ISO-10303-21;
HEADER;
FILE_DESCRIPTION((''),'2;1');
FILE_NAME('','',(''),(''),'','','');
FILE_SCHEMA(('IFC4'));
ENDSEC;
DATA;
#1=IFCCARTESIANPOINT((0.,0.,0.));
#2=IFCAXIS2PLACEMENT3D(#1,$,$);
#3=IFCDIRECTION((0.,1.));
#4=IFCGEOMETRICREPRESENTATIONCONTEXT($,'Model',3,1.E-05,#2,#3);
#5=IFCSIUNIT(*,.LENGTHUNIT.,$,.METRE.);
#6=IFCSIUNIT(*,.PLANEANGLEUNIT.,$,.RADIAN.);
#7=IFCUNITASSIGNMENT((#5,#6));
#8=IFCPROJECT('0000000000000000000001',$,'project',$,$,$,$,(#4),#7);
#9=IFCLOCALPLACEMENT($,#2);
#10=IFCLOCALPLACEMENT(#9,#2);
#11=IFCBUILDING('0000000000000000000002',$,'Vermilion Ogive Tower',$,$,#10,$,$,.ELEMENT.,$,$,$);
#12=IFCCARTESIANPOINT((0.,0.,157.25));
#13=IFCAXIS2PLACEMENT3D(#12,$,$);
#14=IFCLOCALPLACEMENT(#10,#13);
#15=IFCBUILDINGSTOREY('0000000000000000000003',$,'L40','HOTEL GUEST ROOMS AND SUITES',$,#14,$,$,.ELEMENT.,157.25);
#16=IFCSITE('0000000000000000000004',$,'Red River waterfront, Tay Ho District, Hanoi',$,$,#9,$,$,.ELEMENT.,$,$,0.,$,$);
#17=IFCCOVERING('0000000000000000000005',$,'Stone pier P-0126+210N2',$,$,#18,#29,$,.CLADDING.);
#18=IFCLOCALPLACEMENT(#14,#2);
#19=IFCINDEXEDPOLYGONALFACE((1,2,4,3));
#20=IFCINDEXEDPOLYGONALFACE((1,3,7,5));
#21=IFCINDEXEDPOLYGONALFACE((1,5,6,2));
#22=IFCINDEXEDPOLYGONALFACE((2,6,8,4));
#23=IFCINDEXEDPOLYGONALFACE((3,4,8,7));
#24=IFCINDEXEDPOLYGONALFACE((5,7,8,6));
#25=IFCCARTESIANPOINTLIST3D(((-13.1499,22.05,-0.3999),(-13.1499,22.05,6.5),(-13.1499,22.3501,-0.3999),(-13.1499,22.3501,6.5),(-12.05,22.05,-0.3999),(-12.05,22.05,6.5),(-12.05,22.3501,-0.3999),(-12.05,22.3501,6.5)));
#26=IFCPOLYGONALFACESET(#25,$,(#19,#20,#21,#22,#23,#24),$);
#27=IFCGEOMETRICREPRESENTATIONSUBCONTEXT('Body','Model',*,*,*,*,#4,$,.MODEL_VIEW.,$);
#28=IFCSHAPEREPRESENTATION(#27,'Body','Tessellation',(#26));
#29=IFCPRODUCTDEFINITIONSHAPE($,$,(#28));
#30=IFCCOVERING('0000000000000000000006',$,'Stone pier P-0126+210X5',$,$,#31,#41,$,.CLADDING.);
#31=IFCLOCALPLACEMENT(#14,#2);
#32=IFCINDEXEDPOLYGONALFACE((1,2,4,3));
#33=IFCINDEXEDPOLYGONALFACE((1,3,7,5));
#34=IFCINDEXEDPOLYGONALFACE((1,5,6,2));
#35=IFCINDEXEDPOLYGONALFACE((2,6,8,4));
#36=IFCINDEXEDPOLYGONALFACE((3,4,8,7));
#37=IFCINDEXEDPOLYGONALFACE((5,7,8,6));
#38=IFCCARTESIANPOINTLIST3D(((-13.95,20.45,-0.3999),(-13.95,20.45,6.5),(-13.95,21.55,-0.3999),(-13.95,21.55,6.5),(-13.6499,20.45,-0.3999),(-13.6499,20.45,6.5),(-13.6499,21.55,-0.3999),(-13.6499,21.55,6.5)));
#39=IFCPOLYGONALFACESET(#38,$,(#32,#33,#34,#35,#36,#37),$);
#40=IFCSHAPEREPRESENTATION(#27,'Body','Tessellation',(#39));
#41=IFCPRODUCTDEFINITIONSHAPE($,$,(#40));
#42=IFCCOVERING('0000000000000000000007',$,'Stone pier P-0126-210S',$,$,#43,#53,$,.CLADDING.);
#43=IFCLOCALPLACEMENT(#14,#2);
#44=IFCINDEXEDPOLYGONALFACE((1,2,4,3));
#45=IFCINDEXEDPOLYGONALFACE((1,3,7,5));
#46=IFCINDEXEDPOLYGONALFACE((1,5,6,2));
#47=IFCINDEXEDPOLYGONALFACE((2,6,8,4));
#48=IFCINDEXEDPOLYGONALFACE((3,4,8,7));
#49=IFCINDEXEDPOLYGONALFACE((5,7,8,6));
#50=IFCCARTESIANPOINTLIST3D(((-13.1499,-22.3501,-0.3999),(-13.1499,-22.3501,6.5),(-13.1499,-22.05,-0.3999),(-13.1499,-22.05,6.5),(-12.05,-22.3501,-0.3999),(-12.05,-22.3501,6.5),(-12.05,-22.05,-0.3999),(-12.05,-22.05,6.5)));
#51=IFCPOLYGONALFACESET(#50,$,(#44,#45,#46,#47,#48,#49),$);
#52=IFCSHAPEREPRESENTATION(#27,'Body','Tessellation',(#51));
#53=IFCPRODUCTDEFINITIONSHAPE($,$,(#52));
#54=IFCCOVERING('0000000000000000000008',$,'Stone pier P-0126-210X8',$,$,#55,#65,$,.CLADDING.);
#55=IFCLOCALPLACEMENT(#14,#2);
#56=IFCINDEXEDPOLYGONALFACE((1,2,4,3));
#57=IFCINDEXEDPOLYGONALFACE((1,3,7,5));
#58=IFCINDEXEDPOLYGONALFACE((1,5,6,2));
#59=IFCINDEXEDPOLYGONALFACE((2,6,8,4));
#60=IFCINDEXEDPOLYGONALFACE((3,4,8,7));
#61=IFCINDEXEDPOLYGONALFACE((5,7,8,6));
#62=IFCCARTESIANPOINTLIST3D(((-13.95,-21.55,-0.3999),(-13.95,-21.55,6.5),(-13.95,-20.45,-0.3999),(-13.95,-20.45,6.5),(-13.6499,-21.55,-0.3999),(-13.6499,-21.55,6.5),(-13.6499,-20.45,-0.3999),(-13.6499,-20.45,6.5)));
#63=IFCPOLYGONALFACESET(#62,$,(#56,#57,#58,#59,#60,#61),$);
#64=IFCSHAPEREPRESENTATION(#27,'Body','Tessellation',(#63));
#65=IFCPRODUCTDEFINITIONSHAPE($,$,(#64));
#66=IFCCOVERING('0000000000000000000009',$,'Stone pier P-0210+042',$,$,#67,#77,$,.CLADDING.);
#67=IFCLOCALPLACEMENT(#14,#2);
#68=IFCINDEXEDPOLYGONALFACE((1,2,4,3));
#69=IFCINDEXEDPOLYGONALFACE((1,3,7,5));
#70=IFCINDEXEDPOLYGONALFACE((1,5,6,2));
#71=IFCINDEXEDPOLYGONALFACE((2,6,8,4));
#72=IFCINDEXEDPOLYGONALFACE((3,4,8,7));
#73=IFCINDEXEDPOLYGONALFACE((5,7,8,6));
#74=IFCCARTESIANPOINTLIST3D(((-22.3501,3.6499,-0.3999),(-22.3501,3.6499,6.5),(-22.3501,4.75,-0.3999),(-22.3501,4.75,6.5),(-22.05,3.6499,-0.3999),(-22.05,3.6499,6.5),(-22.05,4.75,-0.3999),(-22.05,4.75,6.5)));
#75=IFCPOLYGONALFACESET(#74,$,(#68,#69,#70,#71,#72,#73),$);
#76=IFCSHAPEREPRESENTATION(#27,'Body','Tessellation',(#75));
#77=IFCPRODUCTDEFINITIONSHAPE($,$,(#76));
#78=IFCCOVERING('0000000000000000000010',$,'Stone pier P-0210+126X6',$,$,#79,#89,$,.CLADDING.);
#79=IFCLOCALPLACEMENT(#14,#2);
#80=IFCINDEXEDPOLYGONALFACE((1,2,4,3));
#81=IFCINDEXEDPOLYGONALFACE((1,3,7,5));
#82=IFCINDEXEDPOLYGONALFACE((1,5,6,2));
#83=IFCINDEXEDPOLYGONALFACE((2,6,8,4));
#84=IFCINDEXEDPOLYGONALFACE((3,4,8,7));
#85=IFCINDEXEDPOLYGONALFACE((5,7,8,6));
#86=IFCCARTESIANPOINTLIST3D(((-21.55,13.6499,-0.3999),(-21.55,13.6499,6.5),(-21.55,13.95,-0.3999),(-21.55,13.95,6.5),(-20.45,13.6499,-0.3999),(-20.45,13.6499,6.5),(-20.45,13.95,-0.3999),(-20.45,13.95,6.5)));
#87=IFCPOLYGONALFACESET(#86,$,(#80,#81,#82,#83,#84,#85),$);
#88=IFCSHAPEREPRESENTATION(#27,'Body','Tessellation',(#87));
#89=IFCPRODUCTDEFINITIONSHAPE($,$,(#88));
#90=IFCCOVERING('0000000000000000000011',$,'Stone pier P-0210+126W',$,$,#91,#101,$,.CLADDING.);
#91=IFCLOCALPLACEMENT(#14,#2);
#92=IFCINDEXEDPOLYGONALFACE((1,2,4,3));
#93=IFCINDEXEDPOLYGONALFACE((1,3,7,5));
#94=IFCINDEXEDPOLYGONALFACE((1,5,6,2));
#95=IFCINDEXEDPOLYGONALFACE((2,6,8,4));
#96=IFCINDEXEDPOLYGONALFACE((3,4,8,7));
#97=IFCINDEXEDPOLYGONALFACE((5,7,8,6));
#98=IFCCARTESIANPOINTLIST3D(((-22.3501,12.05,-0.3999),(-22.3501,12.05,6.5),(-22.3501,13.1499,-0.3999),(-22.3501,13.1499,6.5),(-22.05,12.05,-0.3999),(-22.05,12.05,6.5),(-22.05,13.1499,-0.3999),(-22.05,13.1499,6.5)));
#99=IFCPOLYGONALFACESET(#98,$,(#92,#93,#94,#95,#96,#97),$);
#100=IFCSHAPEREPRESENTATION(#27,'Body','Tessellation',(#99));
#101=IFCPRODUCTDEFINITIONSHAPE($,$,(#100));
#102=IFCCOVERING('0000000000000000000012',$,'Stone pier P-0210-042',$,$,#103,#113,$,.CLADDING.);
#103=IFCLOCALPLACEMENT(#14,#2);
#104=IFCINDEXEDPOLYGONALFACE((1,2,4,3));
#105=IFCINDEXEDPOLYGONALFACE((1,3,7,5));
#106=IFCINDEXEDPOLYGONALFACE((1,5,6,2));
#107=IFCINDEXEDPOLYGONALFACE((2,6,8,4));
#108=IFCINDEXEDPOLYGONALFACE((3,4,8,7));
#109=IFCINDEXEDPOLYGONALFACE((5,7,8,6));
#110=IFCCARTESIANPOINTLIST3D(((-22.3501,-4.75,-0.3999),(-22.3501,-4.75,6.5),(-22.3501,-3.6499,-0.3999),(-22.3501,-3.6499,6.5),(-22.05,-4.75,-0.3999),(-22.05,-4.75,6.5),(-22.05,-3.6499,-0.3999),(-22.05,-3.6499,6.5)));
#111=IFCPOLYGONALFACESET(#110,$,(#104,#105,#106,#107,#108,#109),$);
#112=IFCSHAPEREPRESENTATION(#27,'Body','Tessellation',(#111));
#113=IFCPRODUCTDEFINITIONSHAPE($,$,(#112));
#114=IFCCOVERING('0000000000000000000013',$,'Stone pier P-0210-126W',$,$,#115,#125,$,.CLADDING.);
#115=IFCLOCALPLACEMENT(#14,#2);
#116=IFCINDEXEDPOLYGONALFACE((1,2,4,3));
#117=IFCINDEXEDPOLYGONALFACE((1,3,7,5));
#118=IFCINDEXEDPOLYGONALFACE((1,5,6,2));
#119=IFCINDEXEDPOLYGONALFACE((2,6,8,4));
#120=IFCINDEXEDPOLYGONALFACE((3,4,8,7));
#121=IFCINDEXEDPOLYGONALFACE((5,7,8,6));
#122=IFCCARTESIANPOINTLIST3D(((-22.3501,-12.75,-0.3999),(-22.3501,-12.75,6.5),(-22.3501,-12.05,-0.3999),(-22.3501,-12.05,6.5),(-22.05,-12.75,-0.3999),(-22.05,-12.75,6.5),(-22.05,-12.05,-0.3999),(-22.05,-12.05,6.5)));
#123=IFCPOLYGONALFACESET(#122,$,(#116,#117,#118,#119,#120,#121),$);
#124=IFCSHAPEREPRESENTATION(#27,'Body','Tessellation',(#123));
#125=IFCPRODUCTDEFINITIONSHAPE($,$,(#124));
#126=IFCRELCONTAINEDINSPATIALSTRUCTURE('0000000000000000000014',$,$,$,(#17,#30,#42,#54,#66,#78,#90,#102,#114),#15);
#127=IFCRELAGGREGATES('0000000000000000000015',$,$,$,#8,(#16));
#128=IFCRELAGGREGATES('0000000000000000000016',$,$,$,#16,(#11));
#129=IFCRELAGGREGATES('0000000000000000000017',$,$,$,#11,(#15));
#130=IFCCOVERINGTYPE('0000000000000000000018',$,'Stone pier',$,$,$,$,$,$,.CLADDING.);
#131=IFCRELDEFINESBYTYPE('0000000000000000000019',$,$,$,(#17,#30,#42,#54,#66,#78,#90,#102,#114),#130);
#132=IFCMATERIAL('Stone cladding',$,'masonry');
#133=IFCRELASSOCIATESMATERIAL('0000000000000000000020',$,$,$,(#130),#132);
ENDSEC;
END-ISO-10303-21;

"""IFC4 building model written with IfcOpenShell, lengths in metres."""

from ifc_helpers import new_model, si_unit, direction, frame, origin, place, context, subcontext, project, spatial, polyline, outline, extrude, material, type_object, element, save


model = new_model("IFC4")

# Units and contexts
model_context = context("Model", 3, precision=1e-05, world=origin(), true_north=direction((0.0, 1.0)))
body_context = subcontext(model_context, "Body", "Model", "MODEL_VIEW")
ifc_project = project(units=[si_unit("LENGTHUNIT", "METRE"), si_unit("PLANEANGLEUNIT", "RADIAN")], contexts=[model_context])

# Site, building, storey
site_placement = place(None, origin())
site = spatial("IfcSite", under=ifc_project, at=site_placement, Name="Red River waterfront, Tay Ho District, Hanoi", CompositionType="ELEMENT", RefElevation=0.0)
building_placement = place(site_placement, origin())
building = spatial("IfcBuilding", under=site, at=building_placement, Name="Vermilion Ogive Tower", CompositionType="ELEMENT")
storey_placement = place(building_placement, frame((0.0, 0.0, 157.25)))
storey = spatial("IfcBuildingStorey", under=building, at=storey_placement, Name="L40", Description="HOTEL GUEST ROOMS AND SUITES", CompositionType="ELEMENT", Elevation=157.25)

# Coverings
ifc_material_1 = material(Name="Stone cladding", Category="masonry")
covering_type_1 = type_object("IfcCoveringType", Name="Stone pier", PredefinedType="CLADDING", material=ifc_material_1)
covering_1_placement = place(storey_placement, frame((0.0, 0.0, -0.3999)))
element("IfcCovering", 1, at=covering_1_placement, inside=storey, type_object=covering_type_1, Name="Stone pier P-0126+210N2", PredefinedType="CLADDING", context=body_context, shape_type="SweptSolid", body=[
    extrude(outline(polyline([(-13.1499, 22.3501), (-12.05, 22.3501), (-12.05, 22.05), (-13.1499, 22.05), (-13.1499, 22.3501)])), origin(), (0.0, 0.0, 1.0), 6.8999),
])
covering_2_placement = place(storey_placement, frame((0.0, 0.0, -0.3999)))
element("IfcCovering", 2, at=covering_2_placement, inside=storey, type_object=covering_type_1, Name="Stone pier P-0126+210X5", PredefinedType="CLADDING", context=body_context, shape_type="SweptSolid", body=[
    extrude(outline(polyline([(-13.95, 21.55), (-13.6499, 21.55), (-13.6499, 20.45), (-13.95, 20.45), (-13.95, 21.55)])), origin(), (0.0, 0.0, 1.0), 6.8999),
])
covering_3_placement = place(storey_placement, frame((0.0, 0.0, -0.3999)))
element("IfcCovering", 3, at=covering_3_placement, inside=storey, type_object=covering_type_1, Name="Stone pier P-0126-210S", PredefinedType="CLADDING", context=body_context, shape_type="SweptSolid", body=[
    extrude(outline(polyline([(-12.05, -22.3501), (-13.1499, -22.3501), (-13.1499, -22.05), (-12.05, -22.05), (-12.05, -22.3501)])), origin(), (0.0, 0.0, 1.0), 6.8999),
])
covering_4_placement = place(storey_placement, frame((0.0, 0.0, -0.3999)))
element("IfcCovering", 4, at=covering_4_placement, inside=storey, type_object=covering_type_1, Name="Stone pier P-0126-210X8", PredefinedType="CLADDING", context=body_context, shape_type="SweptSolid", body=[
    extrude(outline(polyline([(-13.95, -20.45), (-13.6499, -20.45), (-13.6499, -21.55), (-13.95, -21.55), (-13.95, -20.45)])), origin(), (0.0, 0.0, 1.0), 6.8999),
])
covering_5_placement = place(storey_placement, frame((0.0, 0.0, -0.3999)))
element("IfcCovering", 5, at=covering_5_placement, inside=storey, type_object=covering_type_1, Name="Stone pier P-0210+042", PredefinedType="CLADDING", context=body_context, shape_type="SweptSolid", body=[
    extrude(outline(polyline([(-22.3501, 3.6499), (-22.3501, 4.75), (-22.05, 4.75), (-22.05, 3.6499), (-22.3501, 3.6499)])), origin(), (0.0, 0.0, 1.0), 6.8999),
])
covering_6_placement = place(storey_placement, frame((0.0, 0.0, -0.3999)))
element("IfcCovering", 6, at=covering_6_placement, inside=storey, type_object=covering_type_1, Name="Stone pier P-0210+126X6", PredefinedType="CLADDING", context=body_context, shape_type="SweptSolid", body=[
    extrude(outline(polyline([(-21.55, 13.95), (-20.45, 13.95), (-20.45, 13.6499), (-21.55, 13.6499), (-21.55, 13.95)])), origin(), (0.0, 0.0, 1.0), 6.8999),
])
covering_7_placement = place(storey_placement, frame((0.0, 0.0, -0.3999)))
element("IfcCovering", 7, at=covering_7_placement, inside=storey, type_object=covering_type_1, Name="Stone pier P-0210+126W", PredefinedType="CLADDING", context=body_context, shape_type="SweptSolid", body=[
    extrude(outline(polyline([(-22.3501, 13.1499), (-22.05, 13.1499), (-22.05, 12.05), (-22.3501, 12.05), (-22.3501, 13.1499)])), origin(), (0.0, 0.0, 1.0), 6.8999),
])
covering_8_placement = place(storey_placement, frame((0.0, 0.0, -0.3999)))
element("IfcCovering", 8, at=covering_8_placement, inside=storey, type_object=covering_type_1, Name="Stone pier P-0210-042", PredefinedType="CLADDING", context=body_context, shape_type="SweptSolid", body=[
    extrude(outline(polyline([(-22.3501, -4.75), (-22.3501, -3.6499), (-22.05, -3.6499), (-22.05, -4.75), (-22.3501, -4.75)])), origin(), (0.0, 0.0, 1.0), 6.8999),
])
covering_9_placement = place(storey_placement, frame((0.0, 0.0, -0.3999)))
element("IfcCovering", 9, at=covering_9_placement, inside=storey, type_object=covering_type_1, Name="Stone pier P-0210-126W", PredefinedType="CLADDING", context=body_context, shape_type="SweptSolid", body=[
    extrude(outline(polyline([(-22.3501, -12.05), (-22.05, -12.05), (-22.05, -12.75), (-22.3501, -12.75), (-22.3501, -12.05)])), origin(), (0.0, 0.0, 1.0), 6.8999),
])

save(model, "model.ifc")
